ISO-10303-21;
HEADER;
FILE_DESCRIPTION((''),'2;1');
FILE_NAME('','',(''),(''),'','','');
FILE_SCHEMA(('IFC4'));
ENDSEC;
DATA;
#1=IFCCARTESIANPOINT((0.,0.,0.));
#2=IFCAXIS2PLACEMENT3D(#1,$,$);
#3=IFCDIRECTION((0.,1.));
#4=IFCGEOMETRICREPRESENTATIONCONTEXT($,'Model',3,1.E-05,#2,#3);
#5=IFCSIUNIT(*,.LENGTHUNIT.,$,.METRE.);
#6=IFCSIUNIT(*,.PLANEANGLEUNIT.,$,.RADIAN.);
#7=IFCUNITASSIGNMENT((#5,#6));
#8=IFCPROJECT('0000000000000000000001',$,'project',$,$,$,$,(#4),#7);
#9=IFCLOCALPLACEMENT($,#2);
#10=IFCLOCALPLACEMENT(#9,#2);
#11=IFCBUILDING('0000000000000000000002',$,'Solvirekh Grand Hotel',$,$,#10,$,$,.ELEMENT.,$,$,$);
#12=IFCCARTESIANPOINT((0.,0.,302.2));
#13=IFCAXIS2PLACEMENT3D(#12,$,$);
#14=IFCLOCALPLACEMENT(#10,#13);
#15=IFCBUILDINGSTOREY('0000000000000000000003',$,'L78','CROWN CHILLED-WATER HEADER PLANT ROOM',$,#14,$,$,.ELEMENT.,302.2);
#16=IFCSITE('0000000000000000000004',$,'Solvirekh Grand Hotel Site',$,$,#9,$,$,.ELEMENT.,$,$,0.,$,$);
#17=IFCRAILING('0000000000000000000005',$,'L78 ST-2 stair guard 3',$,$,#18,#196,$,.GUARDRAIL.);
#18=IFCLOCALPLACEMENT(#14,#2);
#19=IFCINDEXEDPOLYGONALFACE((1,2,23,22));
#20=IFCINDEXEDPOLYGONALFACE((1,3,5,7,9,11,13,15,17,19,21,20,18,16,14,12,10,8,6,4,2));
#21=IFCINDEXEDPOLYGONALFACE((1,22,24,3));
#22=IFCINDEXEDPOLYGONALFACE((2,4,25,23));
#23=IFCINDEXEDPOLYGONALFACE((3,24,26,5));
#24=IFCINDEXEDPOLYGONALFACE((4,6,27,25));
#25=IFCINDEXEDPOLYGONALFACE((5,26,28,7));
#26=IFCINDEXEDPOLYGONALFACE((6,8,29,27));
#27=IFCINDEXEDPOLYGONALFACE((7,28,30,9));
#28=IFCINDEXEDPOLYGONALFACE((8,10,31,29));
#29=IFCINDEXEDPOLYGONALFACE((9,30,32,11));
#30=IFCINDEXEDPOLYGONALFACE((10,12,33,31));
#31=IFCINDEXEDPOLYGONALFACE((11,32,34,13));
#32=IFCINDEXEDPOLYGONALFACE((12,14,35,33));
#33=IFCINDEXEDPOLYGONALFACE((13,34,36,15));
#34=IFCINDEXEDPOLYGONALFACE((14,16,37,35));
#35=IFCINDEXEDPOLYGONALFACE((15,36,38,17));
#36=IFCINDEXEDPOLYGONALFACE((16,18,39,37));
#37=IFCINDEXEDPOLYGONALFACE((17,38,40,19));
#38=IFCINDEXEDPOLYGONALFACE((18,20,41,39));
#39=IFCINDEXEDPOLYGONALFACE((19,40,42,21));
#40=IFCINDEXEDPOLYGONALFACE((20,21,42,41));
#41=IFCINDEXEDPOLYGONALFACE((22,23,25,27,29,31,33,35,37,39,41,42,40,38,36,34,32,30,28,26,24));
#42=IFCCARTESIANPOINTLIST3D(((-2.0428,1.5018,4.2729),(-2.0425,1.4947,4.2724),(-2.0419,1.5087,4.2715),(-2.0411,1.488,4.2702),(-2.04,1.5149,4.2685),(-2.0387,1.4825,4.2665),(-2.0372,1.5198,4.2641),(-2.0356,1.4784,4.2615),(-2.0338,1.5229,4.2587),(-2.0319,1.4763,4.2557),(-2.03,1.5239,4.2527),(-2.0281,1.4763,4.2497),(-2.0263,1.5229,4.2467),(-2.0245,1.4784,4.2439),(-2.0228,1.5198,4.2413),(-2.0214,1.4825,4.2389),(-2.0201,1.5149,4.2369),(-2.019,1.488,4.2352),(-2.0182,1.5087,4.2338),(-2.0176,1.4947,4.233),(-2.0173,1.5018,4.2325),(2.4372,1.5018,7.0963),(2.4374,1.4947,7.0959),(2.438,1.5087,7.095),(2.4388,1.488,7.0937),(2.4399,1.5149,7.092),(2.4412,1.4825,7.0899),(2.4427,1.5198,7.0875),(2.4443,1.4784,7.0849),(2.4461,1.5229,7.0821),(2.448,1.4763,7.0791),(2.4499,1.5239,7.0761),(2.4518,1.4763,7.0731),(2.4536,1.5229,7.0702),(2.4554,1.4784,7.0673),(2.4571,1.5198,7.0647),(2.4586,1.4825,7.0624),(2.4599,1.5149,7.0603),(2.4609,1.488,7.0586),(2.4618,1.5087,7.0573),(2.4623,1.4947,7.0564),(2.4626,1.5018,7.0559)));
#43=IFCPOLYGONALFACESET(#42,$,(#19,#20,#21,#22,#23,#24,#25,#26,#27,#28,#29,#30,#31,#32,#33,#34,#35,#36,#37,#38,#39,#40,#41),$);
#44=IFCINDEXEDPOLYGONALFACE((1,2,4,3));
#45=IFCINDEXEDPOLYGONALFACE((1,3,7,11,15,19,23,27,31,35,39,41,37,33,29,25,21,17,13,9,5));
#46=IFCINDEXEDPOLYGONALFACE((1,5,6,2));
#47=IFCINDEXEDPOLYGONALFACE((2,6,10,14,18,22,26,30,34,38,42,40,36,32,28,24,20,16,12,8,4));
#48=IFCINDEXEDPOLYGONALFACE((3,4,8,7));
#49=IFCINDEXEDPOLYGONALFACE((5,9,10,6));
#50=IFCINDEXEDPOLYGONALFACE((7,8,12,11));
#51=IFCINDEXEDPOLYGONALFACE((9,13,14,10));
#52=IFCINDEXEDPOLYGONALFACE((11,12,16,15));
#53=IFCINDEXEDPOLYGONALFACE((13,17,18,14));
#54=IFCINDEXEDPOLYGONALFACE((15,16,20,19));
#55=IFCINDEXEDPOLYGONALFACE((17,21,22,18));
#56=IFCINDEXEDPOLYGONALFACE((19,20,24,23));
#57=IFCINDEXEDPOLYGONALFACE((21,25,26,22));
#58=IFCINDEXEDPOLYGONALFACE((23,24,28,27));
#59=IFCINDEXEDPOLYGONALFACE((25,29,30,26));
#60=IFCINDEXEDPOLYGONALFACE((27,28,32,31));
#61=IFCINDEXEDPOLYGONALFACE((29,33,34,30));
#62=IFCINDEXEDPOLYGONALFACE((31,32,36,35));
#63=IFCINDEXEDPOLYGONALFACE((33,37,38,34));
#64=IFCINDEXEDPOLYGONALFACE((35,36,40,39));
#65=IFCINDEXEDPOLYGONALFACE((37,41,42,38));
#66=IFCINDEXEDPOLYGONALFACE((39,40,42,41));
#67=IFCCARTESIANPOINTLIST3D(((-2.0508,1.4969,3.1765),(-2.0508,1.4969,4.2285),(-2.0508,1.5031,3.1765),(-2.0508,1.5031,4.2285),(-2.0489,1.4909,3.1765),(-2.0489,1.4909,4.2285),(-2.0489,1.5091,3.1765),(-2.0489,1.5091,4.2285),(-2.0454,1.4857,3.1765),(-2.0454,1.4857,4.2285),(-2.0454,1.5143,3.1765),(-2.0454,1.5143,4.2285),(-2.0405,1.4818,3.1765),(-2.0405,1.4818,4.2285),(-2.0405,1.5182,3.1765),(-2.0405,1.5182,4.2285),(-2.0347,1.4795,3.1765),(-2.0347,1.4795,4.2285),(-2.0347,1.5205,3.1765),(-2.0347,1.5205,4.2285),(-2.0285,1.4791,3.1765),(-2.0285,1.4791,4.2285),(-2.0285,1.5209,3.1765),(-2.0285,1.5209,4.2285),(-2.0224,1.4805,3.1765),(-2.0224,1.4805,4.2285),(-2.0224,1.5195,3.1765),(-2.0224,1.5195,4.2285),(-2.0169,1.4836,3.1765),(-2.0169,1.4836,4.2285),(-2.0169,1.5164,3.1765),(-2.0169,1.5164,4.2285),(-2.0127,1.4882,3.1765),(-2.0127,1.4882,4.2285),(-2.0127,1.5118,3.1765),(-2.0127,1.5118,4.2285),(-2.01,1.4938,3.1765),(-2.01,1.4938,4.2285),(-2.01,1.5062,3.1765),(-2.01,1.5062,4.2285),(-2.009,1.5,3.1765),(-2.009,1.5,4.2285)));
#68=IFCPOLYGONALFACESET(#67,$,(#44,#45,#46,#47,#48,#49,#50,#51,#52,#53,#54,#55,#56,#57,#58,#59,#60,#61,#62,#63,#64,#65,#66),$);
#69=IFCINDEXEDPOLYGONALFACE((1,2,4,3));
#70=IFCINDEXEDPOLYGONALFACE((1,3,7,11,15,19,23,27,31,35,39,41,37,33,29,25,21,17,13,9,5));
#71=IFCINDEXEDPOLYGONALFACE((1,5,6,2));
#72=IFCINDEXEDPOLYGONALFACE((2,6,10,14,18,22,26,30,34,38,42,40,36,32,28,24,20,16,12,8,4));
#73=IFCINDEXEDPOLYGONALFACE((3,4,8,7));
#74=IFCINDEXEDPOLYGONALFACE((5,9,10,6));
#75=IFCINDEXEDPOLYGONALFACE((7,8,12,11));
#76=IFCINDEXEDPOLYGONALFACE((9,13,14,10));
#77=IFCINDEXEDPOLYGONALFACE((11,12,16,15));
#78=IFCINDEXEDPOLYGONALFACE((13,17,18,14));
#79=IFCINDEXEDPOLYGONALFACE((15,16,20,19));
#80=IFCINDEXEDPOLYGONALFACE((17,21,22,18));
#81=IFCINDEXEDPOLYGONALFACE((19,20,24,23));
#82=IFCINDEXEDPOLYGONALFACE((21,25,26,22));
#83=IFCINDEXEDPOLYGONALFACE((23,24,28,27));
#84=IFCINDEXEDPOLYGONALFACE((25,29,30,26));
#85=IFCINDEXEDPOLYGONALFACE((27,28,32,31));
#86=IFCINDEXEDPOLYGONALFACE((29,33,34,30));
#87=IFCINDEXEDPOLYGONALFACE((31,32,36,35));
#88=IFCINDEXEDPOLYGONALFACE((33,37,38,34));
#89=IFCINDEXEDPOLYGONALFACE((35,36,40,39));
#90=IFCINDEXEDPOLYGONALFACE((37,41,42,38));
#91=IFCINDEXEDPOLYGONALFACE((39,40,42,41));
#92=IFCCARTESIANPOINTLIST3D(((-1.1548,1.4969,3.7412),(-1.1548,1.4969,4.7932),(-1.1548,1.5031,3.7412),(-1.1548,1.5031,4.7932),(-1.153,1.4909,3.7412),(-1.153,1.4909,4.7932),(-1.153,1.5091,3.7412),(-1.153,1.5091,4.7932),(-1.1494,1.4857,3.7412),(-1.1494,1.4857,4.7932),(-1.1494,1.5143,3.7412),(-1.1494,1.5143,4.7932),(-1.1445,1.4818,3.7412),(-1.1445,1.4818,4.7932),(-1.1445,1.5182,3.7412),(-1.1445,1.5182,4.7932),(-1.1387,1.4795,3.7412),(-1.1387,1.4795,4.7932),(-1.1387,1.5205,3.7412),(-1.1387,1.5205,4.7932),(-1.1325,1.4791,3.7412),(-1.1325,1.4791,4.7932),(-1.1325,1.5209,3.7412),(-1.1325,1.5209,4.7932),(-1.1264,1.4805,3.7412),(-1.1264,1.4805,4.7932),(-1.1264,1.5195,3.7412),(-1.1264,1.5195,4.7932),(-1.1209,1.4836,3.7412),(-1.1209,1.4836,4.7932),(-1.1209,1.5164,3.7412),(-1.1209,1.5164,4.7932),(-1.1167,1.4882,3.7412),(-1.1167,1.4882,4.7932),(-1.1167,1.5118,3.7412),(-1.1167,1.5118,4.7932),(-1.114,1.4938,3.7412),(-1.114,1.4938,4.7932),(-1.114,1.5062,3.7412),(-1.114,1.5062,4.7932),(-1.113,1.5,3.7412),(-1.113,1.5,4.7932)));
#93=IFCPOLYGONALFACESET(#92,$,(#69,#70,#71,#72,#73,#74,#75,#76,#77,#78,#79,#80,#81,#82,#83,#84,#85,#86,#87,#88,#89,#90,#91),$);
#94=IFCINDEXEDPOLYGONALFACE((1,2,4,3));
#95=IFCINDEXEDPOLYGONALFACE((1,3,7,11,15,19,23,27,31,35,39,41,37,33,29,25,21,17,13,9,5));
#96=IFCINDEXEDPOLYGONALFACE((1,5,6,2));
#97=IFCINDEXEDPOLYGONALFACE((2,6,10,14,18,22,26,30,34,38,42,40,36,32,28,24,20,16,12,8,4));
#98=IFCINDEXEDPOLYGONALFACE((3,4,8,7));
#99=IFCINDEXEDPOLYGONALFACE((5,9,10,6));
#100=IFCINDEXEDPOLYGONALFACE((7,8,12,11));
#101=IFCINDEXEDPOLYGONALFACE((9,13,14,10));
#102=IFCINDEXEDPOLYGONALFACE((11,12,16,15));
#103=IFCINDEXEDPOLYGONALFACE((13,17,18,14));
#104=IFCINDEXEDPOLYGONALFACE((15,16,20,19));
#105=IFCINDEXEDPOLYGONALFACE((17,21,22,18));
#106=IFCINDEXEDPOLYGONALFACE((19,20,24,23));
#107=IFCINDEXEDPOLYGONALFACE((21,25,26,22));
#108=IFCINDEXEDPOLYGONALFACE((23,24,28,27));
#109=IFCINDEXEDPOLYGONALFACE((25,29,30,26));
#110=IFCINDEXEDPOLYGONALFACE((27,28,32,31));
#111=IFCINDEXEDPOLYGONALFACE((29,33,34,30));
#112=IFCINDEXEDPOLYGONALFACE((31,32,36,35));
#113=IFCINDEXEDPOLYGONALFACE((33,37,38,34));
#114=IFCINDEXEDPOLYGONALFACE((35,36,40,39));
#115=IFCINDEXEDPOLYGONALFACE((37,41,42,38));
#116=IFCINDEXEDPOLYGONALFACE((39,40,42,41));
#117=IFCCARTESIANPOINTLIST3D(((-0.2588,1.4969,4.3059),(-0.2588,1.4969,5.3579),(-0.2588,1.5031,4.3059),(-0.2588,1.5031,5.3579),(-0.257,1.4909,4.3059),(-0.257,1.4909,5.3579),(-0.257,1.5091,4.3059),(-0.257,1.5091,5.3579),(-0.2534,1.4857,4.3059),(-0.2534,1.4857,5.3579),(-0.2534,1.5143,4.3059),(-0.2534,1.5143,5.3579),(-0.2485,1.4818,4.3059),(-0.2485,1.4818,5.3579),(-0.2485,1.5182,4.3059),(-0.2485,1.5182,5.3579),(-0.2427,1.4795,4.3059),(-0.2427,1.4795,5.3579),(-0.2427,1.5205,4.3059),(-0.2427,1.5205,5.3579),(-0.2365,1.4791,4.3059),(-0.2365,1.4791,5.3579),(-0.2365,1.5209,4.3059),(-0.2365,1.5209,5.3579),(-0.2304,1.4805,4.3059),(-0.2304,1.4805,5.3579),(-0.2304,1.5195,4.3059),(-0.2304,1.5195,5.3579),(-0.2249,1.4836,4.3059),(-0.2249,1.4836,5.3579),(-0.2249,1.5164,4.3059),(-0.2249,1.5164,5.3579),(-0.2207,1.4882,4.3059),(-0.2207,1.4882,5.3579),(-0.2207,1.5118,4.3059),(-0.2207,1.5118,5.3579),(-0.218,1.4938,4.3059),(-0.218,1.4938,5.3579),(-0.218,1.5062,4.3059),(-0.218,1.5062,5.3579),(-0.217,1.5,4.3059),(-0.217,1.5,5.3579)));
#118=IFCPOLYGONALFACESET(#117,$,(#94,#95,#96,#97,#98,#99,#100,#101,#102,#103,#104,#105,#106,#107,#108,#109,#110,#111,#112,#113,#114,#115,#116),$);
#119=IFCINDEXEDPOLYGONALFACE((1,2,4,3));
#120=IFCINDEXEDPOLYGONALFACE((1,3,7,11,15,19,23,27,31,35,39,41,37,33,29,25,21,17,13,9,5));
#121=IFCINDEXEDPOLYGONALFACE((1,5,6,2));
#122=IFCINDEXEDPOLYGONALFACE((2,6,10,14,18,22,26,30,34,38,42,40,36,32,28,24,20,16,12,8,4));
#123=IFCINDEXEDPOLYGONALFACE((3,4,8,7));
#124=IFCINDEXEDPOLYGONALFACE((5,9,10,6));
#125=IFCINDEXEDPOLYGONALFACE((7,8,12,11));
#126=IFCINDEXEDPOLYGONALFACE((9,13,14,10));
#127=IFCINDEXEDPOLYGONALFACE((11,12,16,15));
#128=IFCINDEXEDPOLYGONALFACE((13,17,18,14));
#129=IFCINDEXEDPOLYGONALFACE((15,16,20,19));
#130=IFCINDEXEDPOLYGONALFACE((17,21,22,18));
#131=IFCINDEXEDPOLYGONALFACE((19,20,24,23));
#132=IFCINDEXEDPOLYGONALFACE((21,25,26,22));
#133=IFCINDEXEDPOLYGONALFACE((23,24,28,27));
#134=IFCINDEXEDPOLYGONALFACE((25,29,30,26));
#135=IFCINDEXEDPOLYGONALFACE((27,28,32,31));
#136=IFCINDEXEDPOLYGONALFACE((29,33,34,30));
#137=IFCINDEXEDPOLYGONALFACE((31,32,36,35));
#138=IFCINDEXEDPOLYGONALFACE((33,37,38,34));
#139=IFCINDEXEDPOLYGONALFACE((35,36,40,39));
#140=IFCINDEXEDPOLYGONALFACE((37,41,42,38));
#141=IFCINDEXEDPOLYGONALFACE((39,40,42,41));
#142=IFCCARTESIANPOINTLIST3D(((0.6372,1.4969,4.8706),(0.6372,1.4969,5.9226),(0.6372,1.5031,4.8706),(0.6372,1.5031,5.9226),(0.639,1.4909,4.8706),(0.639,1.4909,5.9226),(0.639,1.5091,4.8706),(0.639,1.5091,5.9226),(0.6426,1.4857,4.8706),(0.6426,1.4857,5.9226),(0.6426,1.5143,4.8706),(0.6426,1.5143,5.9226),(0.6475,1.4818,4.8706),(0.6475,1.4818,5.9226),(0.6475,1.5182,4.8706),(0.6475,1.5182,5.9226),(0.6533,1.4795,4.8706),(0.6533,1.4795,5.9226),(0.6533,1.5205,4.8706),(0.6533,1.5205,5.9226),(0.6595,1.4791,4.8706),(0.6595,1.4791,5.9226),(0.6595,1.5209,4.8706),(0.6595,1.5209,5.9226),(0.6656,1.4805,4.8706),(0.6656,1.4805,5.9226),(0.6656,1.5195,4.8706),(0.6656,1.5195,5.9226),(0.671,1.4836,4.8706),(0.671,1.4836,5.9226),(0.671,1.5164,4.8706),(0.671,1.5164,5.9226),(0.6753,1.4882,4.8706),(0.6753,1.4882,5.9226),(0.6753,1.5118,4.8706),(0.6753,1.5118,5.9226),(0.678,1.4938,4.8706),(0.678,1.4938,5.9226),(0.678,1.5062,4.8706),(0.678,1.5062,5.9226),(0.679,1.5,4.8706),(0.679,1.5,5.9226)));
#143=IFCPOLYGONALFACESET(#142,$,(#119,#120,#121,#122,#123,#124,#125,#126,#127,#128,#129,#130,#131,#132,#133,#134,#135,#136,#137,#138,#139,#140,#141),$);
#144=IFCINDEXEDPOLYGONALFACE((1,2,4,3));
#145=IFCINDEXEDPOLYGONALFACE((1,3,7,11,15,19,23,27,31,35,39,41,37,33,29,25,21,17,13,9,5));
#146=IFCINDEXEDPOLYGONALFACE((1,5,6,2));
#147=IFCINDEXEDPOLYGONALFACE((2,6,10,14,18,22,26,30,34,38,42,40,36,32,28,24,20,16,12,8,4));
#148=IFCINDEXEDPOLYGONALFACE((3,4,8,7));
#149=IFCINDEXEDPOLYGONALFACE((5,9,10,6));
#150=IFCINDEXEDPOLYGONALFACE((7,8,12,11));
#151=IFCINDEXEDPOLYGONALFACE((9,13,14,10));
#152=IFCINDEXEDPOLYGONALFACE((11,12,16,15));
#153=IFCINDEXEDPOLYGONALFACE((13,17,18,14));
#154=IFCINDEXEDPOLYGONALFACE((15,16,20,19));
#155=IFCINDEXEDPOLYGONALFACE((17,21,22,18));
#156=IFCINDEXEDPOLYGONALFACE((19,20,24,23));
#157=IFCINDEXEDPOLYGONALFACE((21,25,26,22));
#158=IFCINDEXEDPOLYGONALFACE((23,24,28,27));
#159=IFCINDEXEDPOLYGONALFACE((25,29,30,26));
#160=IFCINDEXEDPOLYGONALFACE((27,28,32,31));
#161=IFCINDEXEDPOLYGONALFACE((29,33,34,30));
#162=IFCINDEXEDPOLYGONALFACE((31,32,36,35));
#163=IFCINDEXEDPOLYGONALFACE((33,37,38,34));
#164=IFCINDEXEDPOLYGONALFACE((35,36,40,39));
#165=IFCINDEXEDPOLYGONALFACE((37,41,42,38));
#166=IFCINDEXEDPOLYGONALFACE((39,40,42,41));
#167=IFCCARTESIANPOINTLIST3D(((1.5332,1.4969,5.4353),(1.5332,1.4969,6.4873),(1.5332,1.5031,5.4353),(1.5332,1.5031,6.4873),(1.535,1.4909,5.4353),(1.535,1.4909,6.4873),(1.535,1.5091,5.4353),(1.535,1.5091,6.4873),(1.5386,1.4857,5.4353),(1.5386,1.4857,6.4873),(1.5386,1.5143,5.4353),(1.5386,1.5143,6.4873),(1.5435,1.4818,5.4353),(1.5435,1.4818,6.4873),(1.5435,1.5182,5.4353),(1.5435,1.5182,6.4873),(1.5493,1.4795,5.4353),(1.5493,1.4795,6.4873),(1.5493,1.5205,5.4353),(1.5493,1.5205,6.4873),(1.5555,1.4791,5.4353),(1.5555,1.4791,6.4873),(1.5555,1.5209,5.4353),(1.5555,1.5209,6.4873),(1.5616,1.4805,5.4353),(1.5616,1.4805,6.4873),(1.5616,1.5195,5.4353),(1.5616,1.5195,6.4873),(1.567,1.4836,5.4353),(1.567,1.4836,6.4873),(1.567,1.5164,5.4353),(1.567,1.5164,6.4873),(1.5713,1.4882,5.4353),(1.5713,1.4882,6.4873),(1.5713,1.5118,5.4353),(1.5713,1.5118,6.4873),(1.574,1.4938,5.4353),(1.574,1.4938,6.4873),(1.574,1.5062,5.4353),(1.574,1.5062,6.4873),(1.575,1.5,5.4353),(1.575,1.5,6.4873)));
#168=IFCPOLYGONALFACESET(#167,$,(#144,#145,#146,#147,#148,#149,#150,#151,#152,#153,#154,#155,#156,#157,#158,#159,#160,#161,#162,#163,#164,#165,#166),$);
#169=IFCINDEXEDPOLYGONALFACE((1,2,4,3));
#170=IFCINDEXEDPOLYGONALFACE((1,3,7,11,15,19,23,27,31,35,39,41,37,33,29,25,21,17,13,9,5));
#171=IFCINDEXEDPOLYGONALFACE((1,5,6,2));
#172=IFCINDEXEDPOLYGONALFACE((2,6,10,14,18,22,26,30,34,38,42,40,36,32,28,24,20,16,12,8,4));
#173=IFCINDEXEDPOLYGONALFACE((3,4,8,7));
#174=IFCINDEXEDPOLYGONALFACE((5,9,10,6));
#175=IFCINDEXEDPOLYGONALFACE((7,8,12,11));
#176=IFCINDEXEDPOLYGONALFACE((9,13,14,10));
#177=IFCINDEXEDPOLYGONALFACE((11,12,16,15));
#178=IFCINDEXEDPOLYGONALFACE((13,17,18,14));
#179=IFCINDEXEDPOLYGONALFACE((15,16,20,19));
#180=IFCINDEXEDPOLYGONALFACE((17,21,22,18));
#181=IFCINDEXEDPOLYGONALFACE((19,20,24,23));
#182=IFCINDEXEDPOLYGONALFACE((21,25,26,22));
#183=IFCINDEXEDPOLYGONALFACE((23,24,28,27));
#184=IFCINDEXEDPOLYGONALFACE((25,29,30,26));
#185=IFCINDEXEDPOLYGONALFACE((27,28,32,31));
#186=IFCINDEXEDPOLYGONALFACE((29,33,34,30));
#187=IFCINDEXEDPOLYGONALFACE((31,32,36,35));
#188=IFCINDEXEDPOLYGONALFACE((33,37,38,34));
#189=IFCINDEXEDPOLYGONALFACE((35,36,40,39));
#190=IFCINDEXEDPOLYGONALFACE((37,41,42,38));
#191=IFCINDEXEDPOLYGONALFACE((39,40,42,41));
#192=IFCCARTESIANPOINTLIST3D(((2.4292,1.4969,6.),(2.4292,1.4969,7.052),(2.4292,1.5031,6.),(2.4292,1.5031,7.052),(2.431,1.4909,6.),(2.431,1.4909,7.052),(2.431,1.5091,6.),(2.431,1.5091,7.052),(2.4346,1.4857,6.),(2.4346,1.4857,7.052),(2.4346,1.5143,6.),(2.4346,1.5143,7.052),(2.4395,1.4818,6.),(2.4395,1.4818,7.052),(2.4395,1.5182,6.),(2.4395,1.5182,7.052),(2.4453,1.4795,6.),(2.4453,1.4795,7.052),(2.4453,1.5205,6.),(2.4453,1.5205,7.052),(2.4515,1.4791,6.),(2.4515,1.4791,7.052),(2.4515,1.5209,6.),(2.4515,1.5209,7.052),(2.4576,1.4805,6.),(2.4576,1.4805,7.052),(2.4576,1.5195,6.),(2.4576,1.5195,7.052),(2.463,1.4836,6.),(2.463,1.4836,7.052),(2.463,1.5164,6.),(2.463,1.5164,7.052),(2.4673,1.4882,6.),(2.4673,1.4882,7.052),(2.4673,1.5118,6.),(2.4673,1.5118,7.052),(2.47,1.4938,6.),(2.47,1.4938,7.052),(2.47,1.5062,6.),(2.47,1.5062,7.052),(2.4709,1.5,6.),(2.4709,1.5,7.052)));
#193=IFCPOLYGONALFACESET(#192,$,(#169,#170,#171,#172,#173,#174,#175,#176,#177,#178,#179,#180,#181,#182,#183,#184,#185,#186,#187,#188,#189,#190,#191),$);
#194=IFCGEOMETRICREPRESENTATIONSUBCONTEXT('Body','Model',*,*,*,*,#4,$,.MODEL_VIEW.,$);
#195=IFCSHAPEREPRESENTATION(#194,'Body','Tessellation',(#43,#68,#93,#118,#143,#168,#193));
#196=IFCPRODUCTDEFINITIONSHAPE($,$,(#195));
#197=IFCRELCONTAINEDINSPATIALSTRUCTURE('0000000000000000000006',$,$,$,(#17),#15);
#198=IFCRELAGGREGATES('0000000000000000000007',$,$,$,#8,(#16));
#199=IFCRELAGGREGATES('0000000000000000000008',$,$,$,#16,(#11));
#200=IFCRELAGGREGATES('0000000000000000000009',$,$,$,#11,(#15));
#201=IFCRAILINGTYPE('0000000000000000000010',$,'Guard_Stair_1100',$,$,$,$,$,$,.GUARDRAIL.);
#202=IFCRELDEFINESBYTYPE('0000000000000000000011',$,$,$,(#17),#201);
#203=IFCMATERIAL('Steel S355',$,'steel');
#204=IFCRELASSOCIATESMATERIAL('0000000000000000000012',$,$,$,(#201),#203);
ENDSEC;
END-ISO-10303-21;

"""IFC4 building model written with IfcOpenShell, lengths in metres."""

from ifc_helpers import new_model, si_unit, direction, frame, origin, origin_2d, place, context, subcontext, project, spatial, circle, extrude, material, type_object, element, save


model = new_model("IFC4")

# Units and contexts
model_context = context("Model", 3, precision=1e-05, world=origin(), true_north=direction((0.0, 1.0)))
body_context = subcontext(model_context, "Body", "Model", "MODEL_VIEW")
ifc_project = project(units=[si_unit("LENGTHUNIT", "METRE"), si_unit("PLANEANGLEUNIT", "RADIAN")], contexts=[model_context])

# Site, building, storey
site_placement = place(None, origin())
site = spatial("IfcSite", under=ifc_project, at=site_placement, Name="Solvirekh Grand Hotel Site", CompositionType="ELEMENT", RefElevation=0.0)
building_placement = place(site_placement, origin())
building = spatial("IfcBuilding", under=site, at=building_placement, Name="Solvirekh Grand Hotel", CompositionType="ELEMENT")
storey_placement = place(building_placement, frame((0.0, 0.0, 302.2)))
storey = spatial("IfcBuildingStorey", under=building, at=storey_placement, Name="L78", Description="CROWN CHILLED-WATER HEADER PLANT ROOM", CompositionType="ELEMENT", Elevation=302.2)

# Shared definitions
ifc_material_1 = material(Name="Steel S355", Category="steel")

# Railing
railing_type_1 = type_object("IfcRailingType", Name="Guard_Stair_1100", PredefinedType="GUARDRAIL", material=ifc_material_1)
railing_1_placement = place(storey_placement, frame((-2.03, 1.5, 3.1765)))
element("IfcRailing", 1, at=railing_1_placement, inside=storey, type_object=railing_type_1, Name="L78 ST-2 stair guard 3", PredefinedType="GUARDRAIL", context=body_context, shape_type="SweptSolid", body=[
    extrude(circle(Radius=0.0239, at=origin_2d()), frame((0.0, 0.0, 1.0762), z_axis=(0.845998, 0.0, 0.533186), x_axis=(0.0, 1.0, 0.0)), (0.0, 0.0, 1.0), 5.2954),
    extrude(circle(Radius=0.021, at=origin_2d()), origin(), (0.0, 0.0, 1.0), 1.052),
    extrude(circle(Radius=0.021, at=origin_2d()), frame((0.896, 0.0, 0.5647)), (0.0, 0.0, 1.0), 1.052),
    extrude(circle(Radius=0.021, at=origin_2d()), frame((1.792, 0.0, 1.1294)), (0.0, 0.0, 1.0), 1.052),
    extrude(circle(Radius=0.021, at=origin_2d()), frame((2.688, 0.0, 1.6941)), (0.0, 0.0, 1.0), 1.052),
    extrude(circle(Radius=0.021, at=origin_2d()), frame((3.584, 0.0, 2.2588)), (0.0, 0.0, 1.0), 1.052),
    extrude(circle(Radius=0.021, at=origin_2d()), frame((4.48, 0.0, 2.8235)), (0.0, 0.0, 1.0), 1.052),
])

save(model, "model.ifc")
